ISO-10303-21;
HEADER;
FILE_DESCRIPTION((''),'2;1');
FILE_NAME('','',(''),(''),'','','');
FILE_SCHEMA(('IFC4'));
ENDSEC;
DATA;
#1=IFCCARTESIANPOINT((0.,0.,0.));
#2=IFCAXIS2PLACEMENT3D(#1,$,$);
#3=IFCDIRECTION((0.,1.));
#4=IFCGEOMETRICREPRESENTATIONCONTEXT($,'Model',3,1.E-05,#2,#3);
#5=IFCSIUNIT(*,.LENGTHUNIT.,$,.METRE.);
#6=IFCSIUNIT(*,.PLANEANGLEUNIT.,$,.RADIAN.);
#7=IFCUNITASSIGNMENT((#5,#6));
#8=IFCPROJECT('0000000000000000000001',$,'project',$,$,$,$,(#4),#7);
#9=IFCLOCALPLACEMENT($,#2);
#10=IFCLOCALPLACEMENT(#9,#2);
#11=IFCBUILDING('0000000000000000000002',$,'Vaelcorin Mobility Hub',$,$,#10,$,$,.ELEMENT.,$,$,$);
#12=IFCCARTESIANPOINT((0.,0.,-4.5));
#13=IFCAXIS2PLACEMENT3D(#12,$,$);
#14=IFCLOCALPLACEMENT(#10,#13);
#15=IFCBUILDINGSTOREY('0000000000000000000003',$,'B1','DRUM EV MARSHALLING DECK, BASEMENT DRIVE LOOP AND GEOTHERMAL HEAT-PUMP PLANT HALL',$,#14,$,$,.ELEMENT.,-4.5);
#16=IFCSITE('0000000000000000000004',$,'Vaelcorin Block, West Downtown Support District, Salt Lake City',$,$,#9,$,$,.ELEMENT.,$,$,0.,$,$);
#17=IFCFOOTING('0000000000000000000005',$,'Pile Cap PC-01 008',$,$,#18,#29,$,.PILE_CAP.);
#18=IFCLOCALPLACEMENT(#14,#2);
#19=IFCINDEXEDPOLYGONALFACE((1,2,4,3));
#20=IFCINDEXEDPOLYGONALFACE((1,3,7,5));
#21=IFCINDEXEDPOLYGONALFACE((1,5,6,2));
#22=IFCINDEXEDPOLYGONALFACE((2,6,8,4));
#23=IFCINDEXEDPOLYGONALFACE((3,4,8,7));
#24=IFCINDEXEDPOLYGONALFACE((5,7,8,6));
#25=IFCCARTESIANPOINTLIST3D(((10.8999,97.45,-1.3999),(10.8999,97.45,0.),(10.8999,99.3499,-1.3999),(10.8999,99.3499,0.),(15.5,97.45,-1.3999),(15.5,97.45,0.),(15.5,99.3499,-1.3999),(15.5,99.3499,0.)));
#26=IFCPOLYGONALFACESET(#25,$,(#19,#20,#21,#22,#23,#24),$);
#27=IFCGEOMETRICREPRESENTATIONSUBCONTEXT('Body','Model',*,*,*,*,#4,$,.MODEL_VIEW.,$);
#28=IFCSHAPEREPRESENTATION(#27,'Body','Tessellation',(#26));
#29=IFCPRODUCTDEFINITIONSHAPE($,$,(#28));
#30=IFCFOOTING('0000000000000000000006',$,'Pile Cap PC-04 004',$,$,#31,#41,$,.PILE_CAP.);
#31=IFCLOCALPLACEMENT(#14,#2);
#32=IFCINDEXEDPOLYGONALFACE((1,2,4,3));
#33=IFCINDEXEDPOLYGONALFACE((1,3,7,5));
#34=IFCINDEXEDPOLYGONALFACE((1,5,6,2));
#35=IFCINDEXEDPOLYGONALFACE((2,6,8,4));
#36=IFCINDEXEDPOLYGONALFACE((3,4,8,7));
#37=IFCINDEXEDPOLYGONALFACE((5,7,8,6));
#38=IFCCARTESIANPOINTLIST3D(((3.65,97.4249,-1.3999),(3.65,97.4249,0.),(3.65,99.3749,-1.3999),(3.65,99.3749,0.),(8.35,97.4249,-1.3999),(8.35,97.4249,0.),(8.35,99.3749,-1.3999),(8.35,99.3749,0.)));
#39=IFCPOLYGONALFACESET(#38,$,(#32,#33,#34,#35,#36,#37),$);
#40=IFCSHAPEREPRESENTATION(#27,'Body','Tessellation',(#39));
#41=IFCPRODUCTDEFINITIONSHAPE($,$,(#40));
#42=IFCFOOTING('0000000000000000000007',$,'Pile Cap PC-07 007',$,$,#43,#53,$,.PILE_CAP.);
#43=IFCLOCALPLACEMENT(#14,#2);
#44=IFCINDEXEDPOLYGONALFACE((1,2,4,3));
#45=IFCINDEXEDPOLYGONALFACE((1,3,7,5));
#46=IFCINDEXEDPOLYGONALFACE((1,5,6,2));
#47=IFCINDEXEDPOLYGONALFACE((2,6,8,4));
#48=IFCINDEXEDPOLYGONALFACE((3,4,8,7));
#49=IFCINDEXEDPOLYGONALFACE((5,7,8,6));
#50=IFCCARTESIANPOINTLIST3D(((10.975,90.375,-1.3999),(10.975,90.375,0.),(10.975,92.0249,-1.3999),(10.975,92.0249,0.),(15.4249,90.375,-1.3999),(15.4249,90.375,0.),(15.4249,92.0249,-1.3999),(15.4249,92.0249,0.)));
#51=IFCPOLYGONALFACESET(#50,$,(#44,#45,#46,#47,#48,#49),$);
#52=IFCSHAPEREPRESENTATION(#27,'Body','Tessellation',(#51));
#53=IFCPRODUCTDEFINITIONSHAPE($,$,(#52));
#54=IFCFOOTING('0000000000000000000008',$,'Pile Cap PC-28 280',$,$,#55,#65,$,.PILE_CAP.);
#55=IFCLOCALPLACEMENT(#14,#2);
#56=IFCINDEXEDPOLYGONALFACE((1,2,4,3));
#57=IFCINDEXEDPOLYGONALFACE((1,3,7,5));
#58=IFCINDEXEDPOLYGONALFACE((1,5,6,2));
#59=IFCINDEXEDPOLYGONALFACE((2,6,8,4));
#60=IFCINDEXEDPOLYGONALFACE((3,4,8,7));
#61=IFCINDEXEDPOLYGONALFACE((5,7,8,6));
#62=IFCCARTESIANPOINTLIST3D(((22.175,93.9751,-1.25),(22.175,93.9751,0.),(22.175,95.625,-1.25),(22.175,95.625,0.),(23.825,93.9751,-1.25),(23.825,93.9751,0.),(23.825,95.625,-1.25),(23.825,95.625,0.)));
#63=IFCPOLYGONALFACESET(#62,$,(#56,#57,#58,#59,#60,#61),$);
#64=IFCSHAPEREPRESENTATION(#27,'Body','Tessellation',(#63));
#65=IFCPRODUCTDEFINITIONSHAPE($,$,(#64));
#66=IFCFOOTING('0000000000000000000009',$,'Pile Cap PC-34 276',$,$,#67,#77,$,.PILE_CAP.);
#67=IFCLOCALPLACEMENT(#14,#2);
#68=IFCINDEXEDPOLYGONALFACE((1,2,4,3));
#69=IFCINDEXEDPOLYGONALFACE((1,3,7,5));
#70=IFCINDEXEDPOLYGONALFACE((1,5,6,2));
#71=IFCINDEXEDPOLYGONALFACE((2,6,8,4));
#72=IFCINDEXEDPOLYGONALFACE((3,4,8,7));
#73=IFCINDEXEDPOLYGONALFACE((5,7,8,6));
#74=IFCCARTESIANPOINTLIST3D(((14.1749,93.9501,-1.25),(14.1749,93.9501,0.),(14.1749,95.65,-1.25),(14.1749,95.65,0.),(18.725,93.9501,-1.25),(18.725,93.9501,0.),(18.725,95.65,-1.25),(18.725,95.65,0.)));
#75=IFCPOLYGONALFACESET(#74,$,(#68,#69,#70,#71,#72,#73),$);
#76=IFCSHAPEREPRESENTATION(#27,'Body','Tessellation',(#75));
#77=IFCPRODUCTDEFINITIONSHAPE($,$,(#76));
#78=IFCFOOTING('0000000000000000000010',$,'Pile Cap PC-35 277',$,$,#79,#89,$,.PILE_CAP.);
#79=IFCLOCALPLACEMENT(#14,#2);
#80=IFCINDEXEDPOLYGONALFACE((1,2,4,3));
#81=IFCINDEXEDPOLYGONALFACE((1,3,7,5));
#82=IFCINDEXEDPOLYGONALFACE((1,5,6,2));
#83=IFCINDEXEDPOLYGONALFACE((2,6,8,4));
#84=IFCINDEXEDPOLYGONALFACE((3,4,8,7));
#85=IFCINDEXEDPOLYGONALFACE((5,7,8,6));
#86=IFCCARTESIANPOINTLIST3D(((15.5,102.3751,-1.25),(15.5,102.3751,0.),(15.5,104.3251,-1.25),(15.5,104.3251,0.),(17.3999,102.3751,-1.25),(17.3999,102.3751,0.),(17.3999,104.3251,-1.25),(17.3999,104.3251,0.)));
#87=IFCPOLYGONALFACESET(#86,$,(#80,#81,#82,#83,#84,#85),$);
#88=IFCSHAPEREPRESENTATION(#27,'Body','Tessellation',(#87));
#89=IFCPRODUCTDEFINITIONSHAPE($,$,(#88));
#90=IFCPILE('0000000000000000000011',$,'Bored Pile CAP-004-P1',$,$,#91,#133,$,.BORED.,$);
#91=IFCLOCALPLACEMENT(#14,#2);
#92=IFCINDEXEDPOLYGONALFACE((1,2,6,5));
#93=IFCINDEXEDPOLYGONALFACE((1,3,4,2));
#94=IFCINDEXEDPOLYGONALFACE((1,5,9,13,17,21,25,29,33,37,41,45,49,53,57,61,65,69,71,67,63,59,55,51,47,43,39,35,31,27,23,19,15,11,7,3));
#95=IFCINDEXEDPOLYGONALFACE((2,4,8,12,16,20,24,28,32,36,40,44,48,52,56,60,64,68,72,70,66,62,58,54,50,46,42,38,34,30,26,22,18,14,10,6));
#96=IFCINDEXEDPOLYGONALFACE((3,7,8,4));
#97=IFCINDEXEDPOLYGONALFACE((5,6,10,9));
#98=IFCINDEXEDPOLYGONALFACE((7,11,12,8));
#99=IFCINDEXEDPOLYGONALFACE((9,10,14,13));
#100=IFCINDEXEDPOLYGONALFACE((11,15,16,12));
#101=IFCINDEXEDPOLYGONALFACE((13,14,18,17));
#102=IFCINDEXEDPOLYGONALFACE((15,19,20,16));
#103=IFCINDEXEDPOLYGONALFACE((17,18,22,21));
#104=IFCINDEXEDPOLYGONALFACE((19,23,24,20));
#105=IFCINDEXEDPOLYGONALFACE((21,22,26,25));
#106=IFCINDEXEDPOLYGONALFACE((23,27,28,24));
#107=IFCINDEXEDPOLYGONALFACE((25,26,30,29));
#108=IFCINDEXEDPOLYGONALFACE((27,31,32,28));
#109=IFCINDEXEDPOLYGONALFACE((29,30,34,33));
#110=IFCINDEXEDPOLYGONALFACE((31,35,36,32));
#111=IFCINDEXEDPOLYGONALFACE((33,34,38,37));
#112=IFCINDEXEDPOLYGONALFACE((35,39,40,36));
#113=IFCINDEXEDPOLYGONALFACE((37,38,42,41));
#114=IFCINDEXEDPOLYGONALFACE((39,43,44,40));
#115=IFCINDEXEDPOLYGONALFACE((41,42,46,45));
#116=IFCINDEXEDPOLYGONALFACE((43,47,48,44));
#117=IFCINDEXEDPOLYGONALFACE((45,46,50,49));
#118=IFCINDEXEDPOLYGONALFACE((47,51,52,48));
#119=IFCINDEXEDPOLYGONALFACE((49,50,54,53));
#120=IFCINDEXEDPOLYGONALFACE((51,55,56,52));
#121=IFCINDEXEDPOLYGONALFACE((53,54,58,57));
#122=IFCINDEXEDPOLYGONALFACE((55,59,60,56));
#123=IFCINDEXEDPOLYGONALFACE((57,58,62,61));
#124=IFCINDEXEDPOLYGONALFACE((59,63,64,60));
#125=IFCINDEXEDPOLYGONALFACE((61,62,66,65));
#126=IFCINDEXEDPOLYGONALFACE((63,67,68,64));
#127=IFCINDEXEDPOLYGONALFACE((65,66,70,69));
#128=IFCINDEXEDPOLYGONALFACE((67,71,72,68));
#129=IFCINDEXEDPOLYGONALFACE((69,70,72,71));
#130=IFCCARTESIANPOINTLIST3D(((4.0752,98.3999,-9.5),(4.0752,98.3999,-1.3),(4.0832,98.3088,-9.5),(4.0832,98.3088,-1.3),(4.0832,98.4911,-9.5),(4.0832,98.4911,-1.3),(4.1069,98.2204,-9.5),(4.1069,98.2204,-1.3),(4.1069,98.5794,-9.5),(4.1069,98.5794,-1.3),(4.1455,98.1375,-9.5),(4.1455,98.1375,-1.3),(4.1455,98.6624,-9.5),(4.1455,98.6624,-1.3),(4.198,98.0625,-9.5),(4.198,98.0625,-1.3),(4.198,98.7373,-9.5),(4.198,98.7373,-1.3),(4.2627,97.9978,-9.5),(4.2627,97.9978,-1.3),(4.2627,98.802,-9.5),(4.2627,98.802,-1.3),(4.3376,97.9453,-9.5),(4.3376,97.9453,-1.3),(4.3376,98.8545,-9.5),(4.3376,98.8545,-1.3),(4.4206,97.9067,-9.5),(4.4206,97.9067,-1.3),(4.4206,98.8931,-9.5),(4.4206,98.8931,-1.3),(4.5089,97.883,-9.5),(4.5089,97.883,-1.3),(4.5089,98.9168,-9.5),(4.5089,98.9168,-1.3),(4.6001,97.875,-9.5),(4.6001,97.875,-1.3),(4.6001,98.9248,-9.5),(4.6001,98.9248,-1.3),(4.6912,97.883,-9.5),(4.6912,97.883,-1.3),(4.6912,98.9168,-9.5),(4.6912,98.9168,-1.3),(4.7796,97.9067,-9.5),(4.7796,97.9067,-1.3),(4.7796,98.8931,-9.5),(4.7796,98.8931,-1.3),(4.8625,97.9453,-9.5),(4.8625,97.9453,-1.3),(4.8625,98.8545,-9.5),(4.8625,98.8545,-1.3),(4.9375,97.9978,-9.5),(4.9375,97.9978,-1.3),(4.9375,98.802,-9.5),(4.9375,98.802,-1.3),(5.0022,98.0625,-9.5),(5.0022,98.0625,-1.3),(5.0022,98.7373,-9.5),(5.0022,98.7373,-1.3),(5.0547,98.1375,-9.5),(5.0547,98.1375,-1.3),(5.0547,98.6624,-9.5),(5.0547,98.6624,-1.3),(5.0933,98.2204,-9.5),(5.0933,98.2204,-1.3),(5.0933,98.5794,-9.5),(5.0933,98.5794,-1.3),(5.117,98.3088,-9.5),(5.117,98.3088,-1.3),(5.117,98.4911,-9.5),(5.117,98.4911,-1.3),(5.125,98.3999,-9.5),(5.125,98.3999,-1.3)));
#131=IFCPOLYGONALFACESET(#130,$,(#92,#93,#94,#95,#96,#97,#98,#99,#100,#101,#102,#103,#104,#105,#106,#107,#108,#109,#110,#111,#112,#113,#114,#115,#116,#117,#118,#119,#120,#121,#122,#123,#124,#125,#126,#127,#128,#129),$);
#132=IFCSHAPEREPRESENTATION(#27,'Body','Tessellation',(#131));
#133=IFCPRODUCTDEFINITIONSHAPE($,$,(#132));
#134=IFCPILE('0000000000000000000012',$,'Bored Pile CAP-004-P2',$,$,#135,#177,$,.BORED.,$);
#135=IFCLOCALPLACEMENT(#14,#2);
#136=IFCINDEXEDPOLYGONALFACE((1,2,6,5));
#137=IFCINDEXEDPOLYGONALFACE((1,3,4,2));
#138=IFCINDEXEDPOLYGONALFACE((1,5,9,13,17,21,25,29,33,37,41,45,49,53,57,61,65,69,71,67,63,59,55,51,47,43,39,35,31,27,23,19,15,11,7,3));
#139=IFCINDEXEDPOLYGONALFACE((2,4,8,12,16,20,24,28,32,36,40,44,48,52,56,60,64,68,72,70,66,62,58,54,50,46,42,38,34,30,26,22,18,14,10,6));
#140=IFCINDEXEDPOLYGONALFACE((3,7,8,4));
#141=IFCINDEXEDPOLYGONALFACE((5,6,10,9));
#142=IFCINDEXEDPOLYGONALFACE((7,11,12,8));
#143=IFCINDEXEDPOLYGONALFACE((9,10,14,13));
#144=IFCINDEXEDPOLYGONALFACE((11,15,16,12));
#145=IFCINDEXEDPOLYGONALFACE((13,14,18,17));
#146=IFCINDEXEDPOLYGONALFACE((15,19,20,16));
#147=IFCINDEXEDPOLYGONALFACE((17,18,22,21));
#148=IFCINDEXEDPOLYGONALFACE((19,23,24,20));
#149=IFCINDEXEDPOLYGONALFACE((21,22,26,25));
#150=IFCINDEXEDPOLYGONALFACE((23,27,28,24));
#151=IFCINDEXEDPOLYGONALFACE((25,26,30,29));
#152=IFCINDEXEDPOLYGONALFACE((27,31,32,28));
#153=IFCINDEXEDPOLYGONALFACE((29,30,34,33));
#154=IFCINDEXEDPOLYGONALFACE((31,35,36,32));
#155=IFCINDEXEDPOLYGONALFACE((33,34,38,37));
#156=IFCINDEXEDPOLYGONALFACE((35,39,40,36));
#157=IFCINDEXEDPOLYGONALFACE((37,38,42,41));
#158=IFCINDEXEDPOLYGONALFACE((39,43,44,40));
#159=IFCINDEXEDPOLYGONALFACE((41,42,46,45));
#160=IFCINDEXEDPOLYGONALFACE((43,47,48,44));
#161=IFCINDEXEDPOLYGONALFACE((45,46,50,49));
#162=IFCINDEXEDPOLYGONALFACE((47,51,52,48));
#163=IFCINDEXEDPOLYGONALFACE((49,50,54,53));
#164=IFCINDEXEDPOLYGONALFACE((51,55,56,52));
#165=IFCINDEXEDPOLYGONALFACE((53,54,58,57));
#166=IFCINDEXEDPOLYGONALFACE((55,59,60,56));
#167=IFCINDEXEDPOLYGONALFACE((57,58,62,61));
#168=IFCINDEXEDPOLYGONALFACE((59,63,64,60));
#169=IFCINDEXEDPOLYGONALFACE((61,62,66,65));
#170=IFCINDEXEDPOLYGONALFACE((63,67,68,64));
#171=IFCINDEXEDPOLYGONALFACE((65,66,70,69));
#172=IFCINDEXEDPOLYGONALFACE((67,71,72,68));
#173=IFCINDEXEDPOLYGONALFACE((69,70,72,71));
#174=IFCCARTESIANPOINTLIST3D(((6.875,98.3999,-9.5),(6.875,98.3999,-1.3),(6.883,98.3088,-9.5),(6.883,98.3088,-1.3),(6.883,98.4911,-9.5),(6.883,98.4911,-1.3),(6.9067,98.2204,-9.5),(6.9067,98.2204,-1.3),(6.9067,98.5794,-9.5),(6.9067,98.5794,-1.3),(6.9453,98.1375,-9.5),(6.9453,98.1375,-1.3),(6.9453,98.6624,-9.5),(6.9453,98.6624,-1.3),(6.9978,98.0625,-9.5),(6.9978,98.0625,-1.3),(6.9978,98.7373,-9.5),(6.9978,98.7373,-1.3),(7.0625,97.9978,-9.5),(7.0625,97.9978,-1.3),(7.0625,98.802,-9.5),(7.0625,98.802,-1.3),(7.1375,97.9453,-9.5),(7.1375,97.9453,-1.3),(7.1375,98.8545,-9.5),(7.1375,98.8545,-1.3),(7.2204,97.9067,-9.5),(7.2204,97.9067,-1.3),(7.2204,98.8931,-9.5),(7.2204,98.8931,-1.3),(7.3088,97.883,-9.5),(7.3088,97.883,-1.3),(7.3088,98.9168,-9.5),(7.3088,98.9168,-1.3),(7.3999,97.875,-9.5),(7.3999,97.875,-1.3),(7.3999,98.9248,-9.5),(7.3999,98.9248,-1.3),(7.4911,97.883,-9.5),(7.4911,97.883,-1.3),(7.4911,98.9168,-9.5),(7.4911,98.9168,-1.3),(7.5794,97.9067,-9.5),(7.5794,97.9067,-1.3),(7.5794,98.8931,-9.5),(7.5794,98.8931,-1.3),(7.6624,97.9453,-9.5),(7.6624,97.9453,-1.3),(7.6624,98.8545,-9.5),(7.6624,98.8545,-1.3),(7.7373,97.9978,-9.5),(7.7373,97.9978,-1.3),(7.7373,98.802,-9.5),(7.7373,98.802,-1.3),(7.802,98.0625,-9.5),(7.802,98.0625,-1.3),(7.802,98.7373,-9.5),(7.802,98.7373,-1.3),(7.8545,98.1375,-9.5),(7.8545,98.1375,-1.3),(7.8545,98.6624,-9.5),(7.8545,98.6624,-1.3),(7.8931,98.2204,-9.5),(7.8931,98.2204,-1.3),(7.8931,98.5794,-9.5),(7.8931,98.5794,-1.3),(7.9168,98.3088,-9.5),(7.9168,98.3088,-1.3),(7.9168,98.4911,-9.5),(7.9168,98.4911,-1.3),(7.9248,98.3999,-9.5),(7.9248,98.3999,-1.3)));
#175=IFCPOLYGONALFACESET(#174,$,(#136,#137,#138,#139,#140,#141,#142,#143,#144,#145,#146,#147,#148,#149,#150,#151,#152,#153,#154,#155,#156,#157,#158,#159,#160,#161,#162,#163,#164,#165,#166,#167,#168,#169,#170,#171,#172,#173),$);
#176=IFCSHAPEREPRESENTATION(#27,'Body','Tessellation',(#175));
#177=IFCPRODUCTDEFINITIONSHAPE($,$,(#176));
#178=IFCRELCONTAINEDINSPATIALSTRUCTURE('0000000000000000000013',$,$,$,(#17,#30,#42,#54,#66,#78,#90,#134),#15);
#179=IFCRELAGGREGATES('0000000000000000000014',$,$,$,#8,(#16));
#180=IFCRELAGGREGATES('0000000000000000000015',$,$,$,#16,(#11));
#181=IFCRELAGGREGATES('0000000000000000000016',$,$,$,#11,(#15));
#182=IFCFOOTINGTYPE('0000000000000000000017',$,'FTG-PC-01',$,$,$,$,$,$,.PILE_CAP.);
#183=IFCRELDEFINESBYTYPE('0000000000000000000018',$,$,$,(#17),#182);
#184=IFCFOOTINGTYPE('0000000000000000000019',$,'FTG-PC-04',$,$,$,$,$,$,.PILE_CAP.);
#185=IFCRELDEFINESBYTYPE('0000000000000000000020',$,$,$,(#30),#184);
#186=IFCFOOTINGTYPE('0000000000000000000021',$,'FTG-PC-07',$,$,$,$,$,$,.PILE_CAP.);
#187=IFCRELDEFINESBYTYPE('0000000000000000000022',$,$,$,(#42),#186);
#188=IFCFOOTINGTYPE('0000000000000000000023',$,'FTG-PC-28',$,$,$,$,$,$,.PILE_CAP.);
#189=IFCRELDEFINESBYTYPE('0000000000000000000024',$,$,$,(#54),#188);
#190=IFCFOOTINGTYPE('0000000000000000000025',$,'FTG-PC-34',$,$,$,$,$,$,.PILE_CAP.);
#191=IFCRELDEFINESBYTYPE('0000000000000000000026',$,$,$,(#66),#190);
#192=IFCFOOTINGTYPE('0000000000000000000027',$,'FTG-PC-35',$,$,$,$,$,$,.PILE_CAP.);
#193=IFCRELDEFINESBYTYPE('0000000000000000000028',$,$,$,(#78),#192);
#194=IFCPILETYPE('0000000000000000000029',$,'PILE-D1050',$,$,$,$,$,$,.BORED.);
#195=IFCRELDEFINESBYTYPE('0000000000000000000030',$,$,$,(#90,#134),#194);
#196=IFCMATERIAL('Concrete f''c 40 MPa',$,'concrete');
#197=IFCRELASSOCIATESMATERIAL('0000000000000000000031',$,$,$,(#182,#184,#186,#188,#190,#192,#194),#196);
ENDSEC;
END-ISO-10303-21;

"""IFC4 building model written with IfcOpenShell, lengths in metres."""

from ifc_helpers import new_model, si_unit, direction, frame, origin, origin_2d, place, context, subcontext, project, spatial, rectangle, circle, extrude, material, material_profile, profile_set, type_object, element, save


model = new_model("IFC4")

# Units and contexts
model_context = context("Model", 3, precision=1e-05, world=origin(), true_north=direction((0.0, 1.0)))
body_context = subcontext(model_context, "Body", "Model", "MODEL_VIEW")
ifc_project = project(units=[si_unit("LENGTHUNIT", "METRE"), si_unit("PLANEANGLEUNIT", "RADIAN")], contexts=[model_context])

# Site, building, storey
site_placement = place(None, origin())
site = spatial("IfcSite", under=ifc_project, at=site_placement, Name="Vaelcorin Block, West Downtown Support District, Salt Lake City", CompositionType="ELEMENT", RefElevation=0.0)
building_placement = place(site_placement, origin())
building = spatial("IfcBuilding", under=site, at=building_placement, Name="Vaelcorin Mobility Hub", CompositionType="ELEMENT")
storey_placement = place(building_placement, frame((0.0, 0.0, -4.5)))
storey = spatial("IfcBuildingStorey", under=building, at=storey_placement, Name="B1", Description="DRUM EV MARSHALLING DECK, BASEMENT DRIVE LOOP AND GEOTHERMAL HEAT-PUMP PLANT HALL", CompositionType="ELEMENT", Elevation=-4.5)

# Footings
ifc_material_1 = material(Name="Concrete f'c 40 MPa", Category="concrete")
footing_type_1 = type_object("IfcFootingType", Name="FTG-PC-01", PredefinedType="PILE_CAP", material=ifc_material_1)
footing_1_placement = place(storey_placement, frame((13.2, 98.3999, -1.3999), z_axis=(0.0, 0.0, 1.0), x_axis=(1.0, 0.0, 0.0)))
element("IfcFooting", 1, at=footing_1_placement, inside=storey, type_object=footing_type_1, Name="Pile Cap PC-01 008", PredefinedType="PILE_CAP", context=body_context, shape_type="SweptSolid", body=[
    extrude(rectangle(XDim=4.6001, YDim=1.8999, at=origin_2d()), origin(), (0.0, 0.0, 1.0), 1.3999),
])
footing_type_2 = type_object("IfcFootingType", Name="FTG-PC-04", PredefinedType="PILE_CAP", material=ifc_material_1)
footing_2_placement = place(storey_placement, frame((6.0, 98.3999, -1.3999), z_axis=(0.0, 0.0, 1.0), x_axis=(1.0, 0.0, 0.0)))
element("IfcFooting", 2, at=footing_2_placement, inside=storey, type_object=footing_type_2, Name="Pile Cap PC-04 004", PredefinedType="PILE_CAP", context=body_context, shape_type="SweptSolid", body=[
    extrude(rectangle(XDim=4.7, YDim=1.95, at=origin_2d()), origin(), (0.0, 0.0, 1.0), 1.3999),
])
footing_type_3 = type_object("IfcFootingType", Name="FTG-PC-07", PredefinedType="PILE_CAP", material=ifc_material_1)
footing_3_placement = place(storey_placement, frame((13.2, 91.2, -1.3999), z_axis=(0.0, 0.0, 1.0), x_axis=(1.0, 0.0, 0.0)))
element("IfcFooting", 3, at=footing_3_placement, inside=storey, type_object=footing_type_3, Name="Pile Cap PC-07 007", PredefinedType="PILE_CAP", context=body_context, shape_type="SweptSolid", body=[
    extrude(rectangle(XDim=4.45, YDim=1.6499, at=origin_2d()), origin(), (0.0, 0.0, 1.0), 1.3999),
])
footing_type_4 = type_object("IfcFootingType", Name="FTG-PC-28", PredefinedType="PILE_CAP", material=ifc_material_1)
footing_4_placement = place(storey_placement, frame((23.0, 94.8, -1.25), z_axis=(0.0, 0.0, 1.0), x_axis=(1.0, 0.0, 0.0)))
element("IfcFooting", 4, at=footing_4_placement, inside=storey, type_object=footing_type_4, Name="Pile Cap PC-28 280", PredefinedType="PILE_CAP", context=body_context, shape_type="SweptSolid", body=[
    extrude(rectangle(XDim=1.6499, YDim=1.6499, at=origin_2d()), origin(), (0.0, 0.0, 1.0), 1.25),
])
footing_type_5 = type_object("IfcFootingType", Name="FTG-PC-34", PredefinedType="PILE_CAP", material=ifc_material_1)
footing_5_placement = place(storey_placement, frame((16.45, 94.8, -1.25), z_axis=(0.0, 0.0, 1.0), x_axis=(1.0, 0.0, 0.0)))
element("IfcFooting", 5, at=footing_5_placement, inside=storey, type_object=footing_type_5, Name="Pile Cap PC-34 276", PredefinedType="PILE_CAP", context=body_context, shape_type="SweptSolid", body=[
    extrude(rectangle(XDim=4.55, YDim=1.7, at=origin_2d()), origin(), (0.0, 0.0, 1.0), 1.25),
])
footing_type_6 = type_object("IfcFootingType", Name="FTG-PC-35", PredefinedType="PILE_CAP", material=ifc_material_1)
footing_6_placement = place(storey_placement, frame((16.45, 103.3501, -1.25), z_axis=(0.0, 0.0, 1.0), x_axis=(1.0, 0.0, 0.0)))
element("IfcFooting", 6, at=footing_6_placement, inside=storey, type_object=footing_type_6, Name="Pile Cap PC-35 277", PredefinedType="PILE_CAP", context=body_context, shape_type="SweptSolid", body=[
    extrude(rectangle(XDim=1.8999, YDim=1.95, at=origin_2d()), origin(), (0.0, 0.0, 1.0), 1.25),
])

# Piles
ifc_material_profile_1 = material_profile(ifc_material_1, circle(Radius=0.5249, at=origin_2d()), Name="BP-D1050")
ifc_profile_set_1 = profile_set([ifc_material_profile_1], Name="Concrete f'c 40 MPa")
pile_type = type_object("IfcPileType", Name="PILE-D1050", PredefinedType="BORED", material=ifc_profile_set_1)
for number, where, z_axis, x_axis, name in (
    (7, (4.6001, 98.3999, -1.3), (0.0, 0.0, -1.0), (1.0, 0.0, 0.0), "Bored Pile CAP-004-P1"),
    (8, (7.3999, 98.3999, -1.3), (0.0, 0.0, -1.0), (1.0, 0.0, 0.0), "Bored Pile CAP-004-P2"),
):
    element("IfcPile", number, at=place(storey_placement, frame(where, z_axis=z_axis, x_axis=x_axis)), inside=storey, type_object=pile_type, Name=name, PredefinedType="BORED", context=body_context, shape_type="SweptSolid", body=[
        extrude(circle(Radius=0.5249, at=origin_2d()), origin(), (0.0, 0.0, 1.0), 8.2),
    ])

save(model, "model.ifc")
